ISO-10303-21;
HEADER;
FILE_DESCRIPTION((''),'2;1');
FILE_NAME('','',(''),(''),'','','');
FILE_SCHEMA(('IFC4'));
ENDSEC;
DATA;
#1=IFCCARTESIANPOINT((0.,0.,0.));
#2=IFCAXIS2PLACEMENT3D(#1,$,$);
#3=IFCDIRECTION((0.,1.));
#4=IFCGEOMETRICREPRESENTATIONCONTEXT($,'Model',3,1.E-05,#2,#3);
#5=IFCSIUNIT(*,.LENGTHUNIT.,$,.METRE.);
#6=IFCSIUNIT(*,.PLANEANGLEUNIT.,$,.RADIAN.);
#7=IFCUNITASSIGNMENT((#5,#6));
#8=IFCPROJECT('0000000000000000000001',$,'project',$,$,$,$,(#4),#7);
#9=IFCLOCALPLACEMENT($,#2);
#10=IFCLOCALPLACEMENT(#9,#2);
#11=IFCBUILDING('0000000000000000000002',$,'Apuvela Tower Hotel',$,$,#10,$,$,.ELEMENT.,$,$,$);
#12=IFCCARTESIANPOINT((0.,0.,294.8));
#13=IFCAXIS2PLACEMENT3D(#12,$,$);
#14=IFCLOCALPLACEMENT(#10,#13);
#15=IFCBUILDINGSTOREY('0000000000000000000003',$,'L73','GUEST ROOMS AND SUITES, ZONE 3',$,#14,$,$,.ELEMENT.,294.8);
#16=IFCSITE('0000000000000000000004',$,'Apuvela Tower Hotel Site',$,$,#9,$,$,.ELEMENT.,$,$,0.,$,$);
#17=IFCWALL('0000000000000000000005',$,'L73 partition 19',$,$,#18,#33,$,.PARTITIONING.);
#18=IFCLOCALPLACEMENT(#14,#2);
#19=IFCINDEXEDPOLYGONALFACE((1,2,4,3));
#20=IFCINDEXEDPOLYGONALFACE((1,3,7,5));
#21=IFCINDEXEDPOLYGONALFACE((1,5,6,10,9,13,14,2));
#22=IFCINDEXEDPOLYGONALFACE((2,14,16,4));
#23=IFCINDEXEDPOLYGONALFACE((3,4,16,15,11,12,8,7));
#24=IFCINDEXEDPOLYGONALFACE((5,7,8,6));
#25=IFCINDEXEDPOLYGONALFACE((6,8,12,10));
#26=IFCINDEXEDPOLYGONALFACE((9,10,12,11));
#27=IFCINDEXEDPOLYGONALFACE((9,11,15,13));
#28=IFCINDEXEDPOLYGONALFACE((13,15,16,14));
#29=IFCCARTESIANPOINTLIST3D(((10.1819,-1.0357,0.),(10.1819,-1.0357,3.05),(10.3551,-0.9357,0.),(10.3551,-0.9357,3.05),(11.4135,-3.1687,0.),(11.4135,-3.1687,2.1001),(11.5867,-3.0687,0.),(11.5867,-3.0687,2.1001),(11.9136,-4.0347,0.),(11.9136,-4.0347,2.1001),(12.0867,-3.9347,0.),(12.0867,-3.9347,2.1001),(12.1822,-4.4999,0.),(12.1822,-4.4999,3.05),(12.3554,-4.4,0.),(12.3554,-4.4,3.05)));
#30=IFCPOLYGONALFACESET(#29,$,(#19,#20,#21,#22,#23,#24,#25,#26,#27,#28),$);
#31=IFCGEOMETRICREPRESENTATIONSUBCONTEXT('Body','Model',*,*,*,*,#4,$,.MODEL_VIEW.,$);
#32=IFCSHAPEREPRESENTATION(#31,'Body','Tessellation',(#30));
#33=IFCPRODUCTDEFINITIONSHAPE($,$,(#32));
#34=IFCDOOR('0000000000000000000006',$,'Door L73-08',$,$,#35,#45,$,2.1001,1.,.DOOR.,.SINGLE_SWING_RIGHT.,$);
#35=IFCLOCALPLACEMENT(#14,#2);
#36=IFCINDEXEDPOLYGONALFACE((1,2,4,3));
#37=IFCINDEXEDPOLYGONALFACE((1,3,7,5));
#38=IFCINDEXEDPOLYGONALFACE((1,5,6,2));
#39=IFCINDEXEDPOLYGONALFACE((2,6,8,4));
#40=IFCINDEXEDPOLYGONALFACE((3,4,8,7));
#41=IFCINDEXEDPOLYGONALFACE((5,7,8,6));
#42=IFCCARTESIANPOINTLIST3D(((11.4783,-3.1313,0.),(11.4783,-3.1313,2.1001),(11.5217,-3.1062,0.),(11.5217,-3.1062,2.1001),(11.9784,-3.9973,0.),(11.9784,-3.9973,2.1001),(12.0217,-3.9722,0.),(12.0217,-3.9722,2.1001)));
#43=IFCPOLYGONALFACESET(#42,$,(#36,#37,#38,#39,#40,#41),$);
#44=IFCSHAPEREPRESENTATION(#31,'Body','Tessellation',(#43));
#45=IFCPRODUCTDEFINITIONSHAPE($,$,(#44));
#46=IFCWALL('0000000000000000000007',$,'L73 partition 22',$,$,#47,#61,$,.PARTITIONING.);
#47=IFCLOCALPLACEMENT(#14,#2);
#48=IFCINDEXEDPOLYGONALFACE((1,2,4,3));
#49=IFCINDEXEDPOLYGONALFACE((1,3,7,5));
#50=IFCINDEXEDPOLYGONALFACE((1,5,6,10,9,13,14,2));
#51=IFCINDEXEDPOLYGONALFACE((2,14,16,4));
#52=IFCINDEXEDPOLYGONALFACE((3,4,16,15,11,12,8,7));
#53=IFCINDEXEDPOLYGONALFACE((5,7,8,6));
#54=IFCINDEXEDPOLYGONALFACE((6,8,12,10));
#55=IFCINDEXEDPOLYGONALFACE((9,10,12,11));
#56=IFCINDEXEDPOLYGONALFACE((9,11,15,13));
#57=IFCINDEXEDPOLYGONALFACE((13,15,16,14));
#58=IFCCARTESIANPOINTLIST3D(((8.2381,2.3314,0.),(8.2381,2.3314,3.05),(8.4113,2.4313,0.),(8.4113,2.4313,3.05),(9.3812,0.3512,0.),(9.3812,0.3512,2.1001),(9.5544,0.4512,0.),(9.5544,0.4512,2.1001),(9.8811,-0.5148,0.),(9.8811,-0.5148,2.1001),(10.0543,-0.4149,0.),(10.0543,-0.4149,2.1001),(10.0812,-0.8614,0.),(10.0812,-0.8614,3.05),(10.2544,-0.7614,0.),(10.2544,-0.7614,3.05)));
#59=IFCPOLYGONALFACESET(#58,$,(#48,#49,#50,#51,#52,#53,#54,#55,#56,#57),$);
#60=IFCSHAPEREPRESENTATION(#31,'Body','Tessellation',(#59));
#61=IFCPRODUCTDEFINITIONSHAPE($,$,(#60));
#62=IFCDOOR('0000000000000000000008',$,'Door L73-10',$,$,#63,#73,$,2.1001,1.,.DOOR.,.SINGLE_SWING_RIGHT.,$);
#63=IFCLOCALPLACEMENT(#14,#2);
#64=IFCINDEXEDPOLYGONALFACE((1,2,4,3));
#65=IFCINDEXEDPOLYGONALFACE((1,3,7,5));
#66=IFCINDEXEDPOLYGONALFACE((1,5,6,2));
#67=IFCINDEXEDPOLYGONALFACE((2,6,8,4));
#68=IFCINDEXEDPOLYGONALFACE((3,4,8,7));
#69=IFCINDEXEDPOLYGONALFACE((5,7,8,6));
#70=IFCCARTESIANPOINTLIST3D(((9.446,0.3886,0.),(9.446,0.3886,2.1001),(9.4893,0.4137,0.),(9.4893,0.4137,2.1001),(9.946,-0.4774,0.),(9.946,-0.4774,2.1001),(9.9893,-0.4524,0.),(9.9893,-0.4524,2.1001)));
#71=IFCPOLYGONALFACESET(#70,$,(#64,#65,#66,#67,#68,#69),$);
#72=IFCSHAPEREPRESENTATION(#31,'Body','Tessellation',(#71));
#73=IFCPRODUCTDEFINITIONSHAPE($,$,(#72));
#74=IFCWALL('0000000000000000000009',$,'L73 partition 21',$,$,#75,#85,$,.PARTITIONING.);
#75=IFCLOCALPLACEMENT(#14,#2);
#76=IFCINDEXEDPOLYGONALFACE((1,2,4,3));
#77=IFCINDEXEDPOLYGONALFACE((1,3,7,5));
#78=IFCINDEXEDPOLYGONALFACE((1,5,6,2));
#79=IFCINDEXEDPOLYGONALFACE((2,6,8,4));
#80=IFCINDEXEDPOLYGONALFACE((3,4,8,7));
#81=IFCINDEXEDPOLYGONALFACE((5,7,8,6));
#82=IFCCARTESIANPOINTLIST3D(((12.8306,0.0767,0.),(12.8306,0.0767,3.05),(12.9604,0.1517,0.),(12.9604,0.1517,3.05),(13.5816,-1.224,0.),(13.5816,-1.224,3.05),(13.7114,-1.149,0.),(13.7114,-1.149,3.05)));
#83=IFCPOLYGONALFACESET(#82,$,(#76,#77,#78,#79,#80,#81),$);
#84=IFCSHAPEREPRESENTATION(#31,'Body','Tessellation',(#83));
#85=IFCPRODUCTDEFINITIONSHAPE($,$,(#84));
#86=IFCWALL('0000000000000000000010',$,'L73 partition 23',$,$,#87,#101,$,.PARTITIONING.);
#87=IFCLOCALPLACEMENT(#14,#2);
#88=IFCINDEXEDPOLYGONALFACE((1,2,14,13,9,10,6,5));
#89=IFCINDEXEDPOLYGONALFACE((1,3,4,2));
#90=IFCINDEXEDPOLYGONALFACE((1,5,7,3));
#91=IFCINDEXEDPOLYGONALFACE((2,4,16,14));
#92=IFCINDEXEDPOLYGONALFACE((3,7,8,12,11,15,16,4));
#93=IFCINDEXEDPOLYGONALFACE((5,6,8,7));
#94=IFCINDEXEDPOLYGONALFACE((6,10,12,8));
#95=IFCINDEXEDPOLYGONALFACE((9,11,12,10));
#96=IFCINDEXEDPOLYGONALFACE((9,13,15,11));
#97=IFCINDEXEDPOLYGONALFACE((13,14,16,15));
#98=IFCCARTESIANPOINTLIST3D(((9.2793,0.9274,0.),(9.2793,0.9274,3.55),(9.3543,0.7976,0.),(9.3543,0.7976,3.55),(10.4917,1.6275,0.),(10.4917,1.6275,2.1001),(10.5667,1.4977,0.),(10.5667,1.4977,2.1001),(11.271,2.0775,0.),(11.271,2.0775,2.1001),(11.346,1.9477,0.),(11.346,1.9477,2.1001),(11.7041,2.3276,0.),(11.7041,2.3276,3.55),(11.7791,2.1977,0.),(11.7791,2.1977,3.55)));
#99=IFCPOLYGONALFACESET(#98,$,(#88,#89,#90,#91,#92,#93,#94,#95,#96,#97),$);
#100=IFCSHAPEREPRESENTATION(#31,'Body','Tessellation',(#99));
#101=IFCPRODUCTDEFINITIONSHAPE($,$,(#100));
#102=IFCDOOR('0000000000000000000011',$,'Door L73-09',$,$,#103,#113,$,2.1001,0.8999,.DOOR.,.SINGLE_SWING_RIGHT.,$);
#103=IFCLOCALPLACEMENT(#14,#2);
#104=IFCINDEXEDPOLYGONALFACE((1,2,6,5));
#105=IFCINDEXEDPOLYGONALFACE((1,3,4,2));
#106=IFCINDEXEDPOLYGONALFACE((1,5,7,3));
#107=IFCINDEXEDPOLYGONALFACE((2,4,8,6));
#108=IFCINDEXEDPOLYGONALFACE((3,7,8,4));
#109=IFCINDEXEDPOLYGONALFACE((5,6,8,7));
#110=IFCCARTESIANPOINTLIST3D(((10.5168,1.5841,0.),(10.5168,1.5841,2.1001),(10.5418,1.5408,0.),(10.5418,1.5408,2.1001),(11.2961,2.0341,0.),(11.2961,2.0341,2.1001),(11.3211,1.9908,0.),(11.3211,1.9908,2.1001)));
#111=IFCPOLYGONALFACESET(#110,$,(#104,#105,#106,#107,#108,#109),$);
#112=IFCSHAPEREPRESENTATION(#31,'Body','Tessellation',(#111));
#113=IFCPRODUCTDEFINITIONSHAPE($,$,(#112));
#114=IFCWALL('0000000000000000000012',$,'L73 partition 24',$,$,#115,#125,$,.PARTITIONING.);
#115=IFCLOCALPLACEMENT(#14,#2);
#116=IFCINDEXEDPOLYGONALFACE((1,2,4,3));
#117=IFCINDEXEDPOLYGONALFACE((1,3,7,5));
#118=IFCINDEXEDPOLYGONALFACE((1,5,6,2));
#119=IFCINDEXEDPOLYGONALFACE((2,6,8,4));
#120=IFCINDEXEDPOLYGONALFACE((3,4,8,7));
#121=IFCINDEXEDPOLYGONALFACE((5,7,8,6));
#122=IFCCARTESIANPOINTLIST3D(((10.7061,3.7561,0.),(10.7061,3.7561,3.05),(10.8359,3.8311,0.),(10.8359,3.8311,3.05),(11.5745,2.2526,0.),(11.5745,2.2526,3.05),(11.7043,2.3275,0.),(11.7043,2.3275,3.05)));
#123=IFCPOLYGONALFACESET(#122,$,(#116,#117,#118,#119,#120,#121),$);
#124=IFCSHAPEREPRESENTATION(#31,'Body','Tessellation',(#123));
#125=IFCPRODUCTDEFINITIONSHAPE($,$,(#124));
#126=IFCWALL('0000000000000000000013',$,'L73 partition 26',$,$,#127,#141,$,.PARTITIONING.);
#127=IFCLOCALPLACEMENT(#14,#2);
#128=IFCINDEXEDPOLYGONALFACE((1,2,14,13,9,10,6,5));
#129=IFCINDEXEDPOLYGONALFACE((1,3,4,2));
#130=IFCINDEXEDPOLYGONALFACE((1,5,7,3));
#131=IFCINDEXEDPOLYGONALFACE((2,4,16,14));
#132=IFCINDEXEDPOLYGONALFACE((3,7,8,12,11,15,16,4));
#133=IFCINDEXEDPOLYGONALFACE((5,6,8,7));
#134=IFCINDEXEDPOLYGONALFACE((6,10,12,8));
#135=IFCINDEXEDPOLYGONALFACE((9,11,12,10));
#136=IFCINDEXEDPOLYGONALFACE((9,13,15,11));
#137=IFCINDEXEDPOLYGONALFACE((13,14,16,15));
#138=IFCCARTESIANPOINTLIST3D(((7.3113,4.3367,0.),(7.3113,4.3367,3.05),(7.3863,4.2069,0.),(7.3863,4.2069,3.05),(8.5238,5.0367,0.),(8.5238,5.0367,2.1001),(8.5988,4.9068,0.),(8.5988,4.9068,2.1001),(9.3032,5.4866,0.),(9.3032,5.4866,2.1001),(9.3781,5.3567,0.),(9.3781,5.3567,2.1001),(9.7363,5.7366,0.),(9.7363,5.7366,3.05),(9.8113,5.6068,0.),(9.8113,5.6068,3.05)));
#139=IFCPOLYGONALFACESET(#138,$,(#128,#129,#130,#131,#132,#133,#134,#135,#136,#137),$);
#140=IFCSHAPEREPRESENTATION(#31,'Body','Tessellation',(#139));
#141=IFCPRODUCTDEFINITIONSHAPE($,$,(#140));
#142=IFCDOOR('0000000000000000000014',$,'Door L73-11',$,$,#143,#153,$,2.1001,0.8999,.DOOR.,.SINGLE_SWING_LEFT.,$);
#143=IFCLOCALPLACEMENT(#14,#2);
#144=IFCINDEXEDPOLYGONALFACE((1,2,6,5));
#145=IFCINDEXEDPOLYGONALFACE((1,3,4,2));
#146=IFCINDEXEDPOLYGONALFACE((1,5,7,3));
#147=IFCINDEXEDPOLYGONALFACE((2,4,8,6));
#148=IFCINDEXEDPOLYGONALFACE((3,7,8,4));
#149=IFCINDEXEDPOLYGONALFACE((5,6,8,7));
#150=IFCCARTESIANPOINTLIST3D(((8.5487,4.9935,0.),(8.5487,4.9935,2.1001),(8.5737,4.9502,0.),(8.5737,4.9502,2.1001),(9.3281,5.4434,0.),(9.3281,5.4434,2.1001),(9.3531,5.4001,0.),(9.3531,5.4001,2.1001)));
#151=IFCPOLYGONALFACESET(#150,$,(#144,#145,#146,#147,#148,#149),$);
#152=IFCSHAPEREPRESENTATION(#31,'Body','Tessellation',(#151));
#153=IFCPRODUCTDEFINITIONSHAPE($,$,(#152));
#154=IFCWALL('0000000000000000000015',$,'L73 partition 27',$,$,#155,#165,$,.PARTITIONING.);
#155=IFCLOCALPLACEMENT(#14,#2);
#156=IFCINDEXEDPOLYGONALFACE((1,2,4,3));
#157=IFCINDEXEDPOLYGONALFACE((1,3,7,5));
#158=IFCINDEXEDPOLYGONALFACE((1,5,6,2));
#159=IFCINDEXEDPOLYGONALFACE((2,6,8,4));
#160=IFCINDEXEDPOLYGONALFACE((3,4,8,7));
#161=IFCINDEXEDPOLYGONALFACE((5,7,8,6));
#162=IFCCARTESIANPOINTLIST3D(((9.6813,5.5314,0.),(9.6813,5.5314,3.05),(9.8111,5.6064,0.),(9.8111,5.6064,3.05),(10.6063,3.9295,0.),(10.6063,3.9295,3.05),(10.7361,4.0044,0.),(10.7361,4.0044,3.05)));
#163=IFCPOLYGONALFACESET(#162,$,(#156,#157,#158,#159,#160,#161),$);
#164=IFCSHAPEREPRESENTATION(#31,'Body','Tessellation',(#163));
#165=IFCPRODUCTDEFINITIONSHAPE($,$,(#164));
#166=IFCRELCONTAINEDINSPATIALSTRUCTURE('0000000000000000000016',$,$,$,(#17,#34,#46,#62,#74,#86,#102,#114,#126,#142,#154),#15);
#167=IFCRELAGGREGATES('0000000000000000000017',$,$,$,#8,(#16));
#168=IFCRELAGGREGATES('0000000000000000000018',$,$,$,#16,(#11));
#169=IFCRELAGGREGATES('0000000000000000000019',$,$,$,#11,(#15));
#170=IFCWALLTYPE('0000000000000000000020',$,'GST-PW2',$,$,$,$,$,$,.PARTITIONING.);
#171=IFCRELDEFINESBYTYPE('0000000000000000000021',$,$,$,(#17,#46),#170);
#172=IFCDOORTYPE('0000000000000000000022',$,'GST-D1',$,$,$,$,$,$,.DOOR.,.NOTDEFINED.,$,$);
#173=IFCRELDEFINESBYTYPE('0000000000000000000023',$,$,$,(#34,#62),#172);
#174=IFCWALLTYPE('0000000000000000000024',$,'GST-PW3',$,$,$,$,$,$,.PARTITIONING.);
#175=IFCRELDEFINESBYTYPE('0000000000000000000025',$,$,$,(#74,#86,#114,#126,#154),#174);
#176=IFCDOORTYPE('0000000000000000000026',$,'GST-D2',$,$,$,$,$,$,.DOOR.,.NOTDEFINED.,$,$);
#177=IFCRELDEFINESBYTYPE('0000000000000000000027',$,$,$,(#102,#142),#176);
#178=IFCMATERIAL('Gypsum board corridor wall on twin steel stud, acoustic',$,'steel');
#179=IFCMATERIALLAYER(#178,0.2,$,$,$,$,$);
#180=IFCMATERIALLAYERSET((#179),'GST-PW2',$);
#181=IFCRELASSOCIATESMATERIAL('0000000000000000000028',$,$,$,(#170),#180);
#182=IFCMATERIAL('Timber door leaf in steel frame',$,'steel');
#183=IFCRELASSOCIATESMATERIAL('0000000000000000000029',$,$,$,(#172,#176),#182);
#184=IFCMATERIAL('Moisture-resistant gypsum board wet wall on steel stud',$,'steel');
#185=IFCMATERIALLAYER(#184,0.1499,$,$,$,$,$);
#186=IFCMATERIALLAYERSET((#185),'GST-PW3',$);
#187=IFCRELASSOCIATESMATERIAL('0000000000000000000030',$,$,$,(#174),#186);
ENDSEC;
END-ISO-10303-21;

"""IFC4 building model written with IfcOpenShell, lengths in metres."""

from ifc_helpers import new_model, si_unit, direction, frame, frame_2d, origin, place, context, subcontext, project, spatial, rectangle, extrude, material, layer, layer_set, type_object, element, fill, save


model = new_model("IFC4")

# Units and contexts
model_context = context("Model", 3, precision=1e-05, world=origin(), true_north=direction((0.0, 1.0)))
body_context = subcontext(model_context, "Body", "Model", "MODEL_VIEW")
ifc_project = project(units=[si_unit("LENGTHUNIT", "METRE"), si_unit("PLANEANGLEUNIT", "RADIAN")], contexts=[model_context])

# Site, building, storey
site_placement = place(None, origin())
site = spatial("IfcSite", under=ifc_project, at=site_placement, Name="Apuvela Tower Hotel Site", CompositionType="ELEMENT", RefElevation=0.0)
building_placement = place(site_placement, origin())
building = spatial("IfcBuilding", under=site, at=building_placement, Name="Apuvela Tower Hotel", CompositionType="ELEMENT")
storey_placement = place(building_placement, frame((0.0, 0.0, 294.8)))
storey = spatial("IfcBuildingStorey", under=building, at=storey_placement, Name="L73", Description="GUEST ROOMS AND SUITES, ZONE 3", CompositionType="ELEMENT", Elevation=294.8)

# Walls, openings, doors
ifc_material_1 = material(Name="Gypsum board corridor wall on twin steel stud, acoustic", Category="steel")
ifc_layer_1 = layer(ifc_material_1, 0.2)
ifc_layer_set_1 = layer_set([ifc_layer_1], Name="GST-PW2")
wall_type_1 = type_object("IfcWallType", Name="GST-PW2", PredefinedType="PARTITIONING", material=ifc_layer_set_1)
wall_1_placement = place(storey_placement, frame((10.2686, -0.9858, 0.0), z_axis=(0.0, 0.0, 1.0), x_axis=(0.500045, -0.866, 0.0)))
wall_1 = element("IfcWall", 1, at=wall_1_placement, inside=storey, type_object=wall_type_1, Name="L73 partition 19", PredefinedType="PARTITIONING", context=body_context, shape_type="SweptSolid", body=[
    extrude(rectangle(XDim=4.0002, YDim=0.2, at=frame_2d((2.0, 0.0))), origin(), (0.0, 0.0, 1.0), 3.05),
])
opening_1_placement = place(wall_1_placement, frame((2.4629, 0.0, 0.0)))
opening_1 = element("IfcOpeningElement", 2, at=opening_1_placement, cuts=wall_1, PredefinedType="OPENING", context=body_context, shape_type="SweptSolid", body=[
    extrude(rectangle(XDim=1.0, YDim=2.1001, at=frame_2d((0.5, 1.05))), frame((0.0, 0.1099, 0.0), z_axis=(0.0, -1.0, 0.0), x_axis=(1.0, 0.0, 0.0)), (0.0, 0.0, 1.0), 0.22),
])
ifc_material_2 = material(Name="Timber door leaf in steel frame", Category="steel")
door_type_1 = type_object("IfcDoorType", Name="GST-D1", OperationType="NOTDEFINED", PredefinedType="DOOR", material=ifc_material_2)
door_1_placement = place(opening_1_placement, origin())
door_1 = element("IfcDoor", 3, at=door_1_placement, inside=storey, type_object=door_type_1, Name="Door L73-08", OperationType="SINGLE_SWING_RIGHT", OverallHeight=2.1001, OverallWidth=1.0, PredefinedType="DOOR", context=body_context, shape_type="SweptSolid", body=[
    extrude(rectangle(XDim=1.0, YDim=2.1001, at=frame_2d((0.5, 1.05))), frame((0.0, 0.0249, 0.0), z_axis=(0.0, -1.0, 0.0), x_axis=(1.0, 0.0, 0.0)), (0.0, 0.0, 1.0), 0.05),
])
fill(opening_1, door_1)
wall_2_placement = place(storey_placement, frame((8.3247, 2.3813, 0.0), z_axis=(0.0, 0.0, 1.0), x_axis=(0.49995, -0.866054, 0.0)))
wall_2 = element("IfcWall", 4, at=wall_2_placement, inside=storey, type_object=wall_type_1, Name="L73 partition 22", PredefinedType="PARTITIONING", context=body_context, shape_type="SweptSolid", body=[
    extrude(rectangle(XDim=3.6865, YDim=0.2, at=frame_2d((1.8433, 0.0))), origin(), (0.0, 0.0, 1.0), 3.05),
])
opening_2_placement = place(wall_2_placement, frame((2.2864, 0.0, 0.0)))
opening_2 = element("IfcOpeningElement", 5, at=opening_2_placement, cuts=wall_2, PredefinedType="OPENING", context=body_context, shape_type="SweptSolid", body=[
    extrude(rectangle(XDim=1.0, YDim=2.1001, at=frame_2d((0.5, 1.05))), frame((0.0, 0.1099, 0.0), z_axis=(0.0, -1.0, 0.0), x_axis=(1.0, 0.0, 0.0)), (0.0, 0.0, 1.0), 0.22),
])
door_2_placement = place(opening_2_placement, origin())
door_2 = element("IfcDoor", 6, at=door_2_placement, inside=storey, type_object=door_type_1, Name="Door L73-10", OperationType="SINGLE_SWING_RIGHT", OverallHeight=2.1001, OverallWidth=1.0, PredefinedType="DOOR", context=body_context, shape_type="SweptSolid", body=[
    extrude(rectangle(XDim=1.0, YDim=2.1001, at=frame_2d((0.5, 1.05))), frame((0.0, 0.0249, 0.0), z_axis=(0.0, -1.0, 0.0), x_axis=(1.0, 0.0, 0.0)), (0.0, 0.0, 1.0), 0.05),
])
fill(opening_2, door_2)

# Wall
ifc_material_3 = material(Name="Moisture-resistant gypsum board wet wall on steel stud", Category="steel")
ifc_layer_2 = layer(ifc_material_3, 0.1499)
ifc_layer_set_2 = layer_set([ifc_layer_2], Name="GST-PW3")
wall_type_2 = type_object("IfcWallType", Name="GST-PW3", PredefinedType="PARTITIONING", material=ifc_layer_set_2)
wall_3_placement = place(storey_placement, frame((13.6465, -1.1865, 0.0), z_axis=(0.0, 0.0, 1.0), x_axis=(-0.499985, 0.866034, 0.0)))
element("IfcWall", 7, at=wall_3_placement, inside=storey, type_object=wall_type_2, Name="L73 partition 21", PredefinedType="PARTITIONING", context=body_context, shape_type="SweptSolid", body=[
    extrude(rectangle(XDim=1.502, YDim=0.1499, at=frame_2d((0.751, 0.0))), origin(), (0.0, 0.0, 1.0), 3.05),
])

# Wall, opening, door
wall_4_placement = place(storey_placement, frame((9.3169, 0.8625, 0.0), z_axis=(0.0, 0.0, 1.0), x_axis=(0.865997, 0.50005, 0.0)))
wall_4 = element("IfcWall", 8, at=wall_4_placement, inside=storey, type_object=wall_type_2, Name="L73 partition 23", PredefinedType="PARTITIONING", context=body_context, shape_type="SweptSolid", body=[
    extrude(rectangle(XDim=2.8, YDim=0.1499, at=frame_2d((1.3999, 0.0))), origin(), (0.0, 0.0, 1.0), 3.55),
])
opening_3_placement = place(wall_4_placement, frame((1.3999, 0.0, 0.0)))
opening_3 = element("IfcOpeningElement", 9, at=opening_3_placement, cuts=wall_4, PredefinedType="OPENING", context=body_context, shape_type="SweptSolid", body=[
    extrude(rectangle(XDim=0.8999, YDim=2.1001, at=frame_2d((0.45, 1.05))), frame((0.0, 0.085, 0.0), z_axis=(0.0, -1.0, 0.0), x_axis=(1.0, 0.0, 0.0)), (0.0, 0.0, 1.0), 0.1699),
])
door_type_2 = type_object("IfcDoorType", Name="GST-D2", OperationType="NOTDEFINED", PredefinedType="DOOR", material=ifc_material_2)
door_3_placement = place(opening_3_placement, origin())
door_3 = element("IfcDoor", 10, at=door_3_placement, inside=storey, type_object=door_type_2, Name="Door L73-09", OperationType="SINGLE_SWING_RIGHT", OverallHeight=2.1001, OverallWidth=0.8999, PredefinedType="DOOR", context=body_context, shape_type="SweptSolid", body=[
    extrude(rectangle(XDim=0.8999, YDim=2.1001, at=frame_2d((0.45, 1.05))), frame((0.0, 0.0249, 0.0), z_axis=(0.0, -1.0, 0.0), x_axis=(1.0, 0.0, 0.0)), (0.0, 0.0, 1.0), 0.05),
])
fill(opening_3, door_3)

# Wall
wall_5_placement = place(storey_placement, frame((11.6394, 2.29, 0.0), z_axis=(0.0, 0.0, 1.0), x_axis=(-0.500116, 0.865958, 0.0)))
element("IfcWall", 11, at=wall_5_placement, inside=storey, type_object=wall_type_2, Name="L73 partition 24", PredefinedType="PARTITIONING", context=body_context, shape_type="SweptSolid", body=[
    extrude(rectangle(XDim=1.7363, YDim=0.1499, at=frame_2d((0.8682, 0.0))), origin(), (0.0, 0.0, 1.0), 3.05),
])

# Wall, opening, door
wall_6_placement = place(storey_placement, frame((9.7737, 5.6716, 0.0), z_axis=(0.0, 0.0, 1.0), x_axis=(-0.866056, -0.499946, 0.0)))
wall_6 = element("IfcWall", 12, at=wall_6_placement, inside=storey, type_object=wall_type_2, Name="L73 partition 26", PredefinedType="PARTITIONING", context=body_context, shape_type="SweptSolid", body=[
    extrude(rectangle(XDim=2.8, YDim=0.1499, at=frame_2d((1.3999, 0.0))), origin(), (0.0, 0.0, 1.0), 3.05),
])
opening_4_placement = place(wall_6_placement, frame((0.5, 0.0, 0.0)))
opening_4 = element("IfcOpeningElement", 13, at=opening_4_placement, cuts=wall_6, PredefinedType="OPENING", context=body_context, shape_type="SweptSolid", body=[
    extrude(rectangle(XDim=0.8999, YDim=2.1001, at=frame_2d((0.45, 1.05))), frame((0.0, 0.085, 0.0), z_axis=(0.0, -1.0, 0.0), x_axis=(1.0, 0.0, 0.0)), (0.0, 0.0, 1.0), 0.1699),
])
door_4_placement = place(opening_4_placement, origin())
door_4 = element("IfcDoor", 14, at=door_4_placement, inside=storey, type_object=door_type_2, Name="Door L73-11", OperationType="SINGLE_SWING_LEFT", OverallHeight=2.1001, OverallWidth=0.8999, PredefinedType="DOOR", context=body_context, shape_type="SweptSolid", body=[
    extrude(rectangle(XDim=0.8999, YDim=2.1001, at=frame_2d((0.45, 1.05))), frame((0.0, 0.0249, 0.0), z_axis=(0.0, -1.0, 0.0), x_axis=(1.0, 0.0, 0.0)), (0.0, 0.0, 1.0), 0.05),
])
fill(opening_4, door_4)

# Wall
wall_7_placement = place(storey_placement, frame((10.6711, 3.967, 0.0), z_axis=(0.0, 0.0, 1.0), x_axis=(-0.500042, 0.866001, 0.0)))
element("IfcWall", 15, at=wall_7_placement, inside=storey, type_object=wall_type_2, Name="L73 partition 27", PredefinedType="PARTITIONING", context=body_context, shape_type="SweptSolid", body=[
    extrude(rectangle(XDim=1.8499, YDim=0.1499, at=frame_2d((0.9248, 0.0))), origin(), (0.0, 0.0, 1.0), 3.05),
])

save(model, "model.ifc")
